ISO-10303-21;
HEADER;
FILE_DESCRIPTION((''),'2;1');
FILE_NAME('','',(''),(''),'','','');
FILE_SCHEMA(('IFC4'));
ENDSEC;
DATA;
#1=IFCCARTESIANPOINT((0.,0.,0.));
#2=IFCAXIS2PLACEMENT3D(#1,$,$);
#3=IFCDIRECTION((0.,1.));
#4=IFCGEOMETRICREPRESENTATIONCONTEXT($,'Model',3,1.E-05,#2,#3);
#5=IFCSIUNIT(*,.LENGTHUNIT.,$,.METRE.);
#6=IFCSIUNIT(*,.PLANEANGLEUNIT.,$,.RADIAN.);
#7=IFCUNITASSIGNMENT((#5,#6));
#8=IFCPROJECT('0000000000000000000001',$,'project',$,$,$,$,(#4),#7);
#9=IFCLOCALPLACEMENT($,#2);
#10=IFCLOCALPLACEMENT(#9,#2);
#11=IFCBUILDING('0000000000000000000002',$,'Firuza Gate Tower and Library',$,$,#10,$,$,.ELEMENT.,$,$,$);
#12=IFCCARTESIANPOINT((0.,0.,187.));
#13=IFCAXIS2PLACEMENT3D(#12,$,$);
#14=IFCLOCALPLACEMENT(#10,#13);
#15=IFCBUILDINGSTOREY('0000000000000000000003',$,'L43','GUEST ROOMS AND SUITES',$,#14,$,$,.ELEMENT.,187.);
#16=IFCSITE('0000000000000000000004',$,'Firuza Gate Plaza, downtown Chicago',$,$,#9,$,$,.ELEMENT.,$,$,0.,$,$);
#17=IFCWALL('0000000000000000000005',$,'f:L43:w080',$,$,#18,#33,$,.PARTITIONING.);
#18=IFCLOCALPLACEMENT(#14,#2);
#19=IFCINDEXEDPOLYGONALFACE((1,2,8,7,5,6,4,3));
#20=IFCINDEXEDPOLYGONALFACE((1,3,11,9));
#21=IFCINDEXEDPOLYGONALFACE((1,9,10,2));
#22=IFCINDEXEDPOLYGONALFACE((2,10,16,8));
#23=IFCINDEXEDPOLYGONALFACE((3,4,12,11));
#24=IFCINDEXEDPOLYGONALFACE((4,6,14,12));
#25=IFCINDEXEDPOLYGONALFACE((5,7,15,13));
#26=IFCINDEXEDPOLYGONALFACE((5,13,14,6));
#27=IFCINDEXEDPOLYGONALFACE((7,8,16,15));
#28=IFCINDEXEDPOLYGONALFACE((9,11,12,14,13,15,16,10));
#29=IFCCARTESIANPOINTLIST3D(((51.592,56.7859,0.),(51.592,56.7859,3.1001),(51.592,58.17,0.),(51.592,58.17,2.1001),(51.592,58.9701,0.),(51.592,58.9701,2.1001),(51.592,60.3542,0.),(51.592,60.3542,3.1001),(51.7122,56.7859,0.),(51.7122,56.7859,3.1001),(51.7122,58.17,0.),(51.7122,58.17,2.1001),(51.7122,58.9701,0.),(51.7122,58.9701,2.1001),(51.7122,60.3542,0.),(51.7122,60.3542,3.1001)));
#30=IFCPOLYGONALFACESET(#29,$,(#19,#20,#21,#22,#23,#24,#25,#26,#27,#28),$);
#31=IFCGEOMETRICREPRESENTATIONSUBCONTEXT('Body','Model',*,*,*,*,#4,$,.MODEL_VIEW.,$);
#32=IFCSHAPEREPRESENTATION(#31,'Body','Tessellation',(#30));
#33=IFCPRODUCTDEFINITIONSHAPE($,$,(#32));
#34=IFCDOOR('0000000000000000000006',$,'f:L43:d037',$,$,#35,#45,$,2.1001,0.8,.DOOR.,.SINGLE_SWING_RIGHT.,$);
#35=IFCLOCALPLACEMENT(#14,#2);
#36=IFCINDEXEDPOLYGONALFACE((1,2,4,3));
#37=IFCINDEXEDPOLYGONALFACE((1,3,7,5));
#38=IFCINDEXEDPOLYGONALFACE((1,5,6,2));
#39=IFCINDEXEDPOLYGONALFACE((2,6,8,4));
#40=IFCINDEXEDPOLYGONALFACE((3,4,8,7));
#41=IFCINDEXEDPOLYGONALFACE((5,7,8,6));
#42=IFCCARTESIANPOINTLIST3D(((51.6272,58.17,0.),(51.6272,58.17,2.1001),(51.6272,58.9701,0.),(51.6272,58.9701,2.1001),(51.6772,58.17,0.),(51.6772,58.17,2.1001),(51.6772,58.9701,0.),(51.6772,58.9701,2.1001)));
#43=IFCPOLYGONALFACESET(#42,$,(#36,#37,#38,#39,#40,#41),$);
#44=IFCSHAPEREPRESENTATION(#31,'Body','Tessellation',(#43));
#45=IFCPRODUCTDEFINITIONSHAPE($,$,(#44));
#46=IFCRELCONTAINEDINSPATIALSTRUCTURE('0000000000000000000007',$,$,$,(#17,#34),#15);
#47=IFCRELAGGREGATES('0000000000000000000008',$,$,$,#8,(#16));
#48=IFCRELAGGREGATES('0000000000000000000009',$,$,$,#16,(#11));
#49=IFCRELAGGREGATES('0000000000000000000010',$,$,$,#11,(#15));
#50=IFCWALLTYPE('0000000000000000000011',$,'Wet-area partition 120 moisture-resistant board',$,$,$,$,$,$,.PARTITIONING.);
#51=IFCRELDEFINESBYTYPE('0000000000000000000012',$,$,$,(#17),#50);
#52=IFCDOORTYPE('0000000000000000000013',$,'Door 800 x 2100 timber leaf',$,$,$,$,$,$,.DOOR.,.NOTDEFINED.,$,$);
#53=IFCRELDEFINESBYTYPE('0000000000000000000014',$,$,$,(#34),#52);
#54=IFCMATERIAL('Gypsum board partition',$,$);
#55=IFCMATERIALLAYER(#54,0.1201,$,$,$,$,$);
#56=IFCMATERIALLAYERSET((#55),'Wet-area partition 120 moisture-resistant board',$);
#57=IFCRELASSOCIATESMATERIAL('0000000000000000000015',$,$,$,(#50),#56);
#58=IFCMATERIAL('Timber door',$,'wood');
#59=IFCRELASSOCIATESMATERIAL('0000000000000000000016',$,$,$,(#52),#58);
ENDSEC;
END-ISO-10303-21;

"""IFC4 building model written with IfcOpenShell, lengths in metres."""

from ifc_helpers import new_model, si_unit, direction, frame, frame_2d, origin, place, context, subcontext, project, spatial, rectangle, extrude, material, layer, layer_set, type_object, element, fill, save


model = new_model("IFC4")

# Units and contexts
model_context = context("Model", 3, precision=1e-05, world=origin(), true_north=direction((0.0, 1.0)))
body_context = subcontext(model_context, "Body", "Model", "MODEL_VIEW")
ifc_project = project(units=[si_unit("LENGTHUNIT", "METRE"), si_unit("PLANEANGLEUNIT", "RADIAN")], contexts=[model_context])

# Site, building, storey
site_placement = place(None, origin())
site = spatial("IfcSite", under=ifc_project, at=site_placement, Name="Firuza Gate Plaza, downtown Chicago", CompositionType="ELEMENT", RefElevation=0.0)
building_placement = place(site_placement, origin())
building = spatial("IfcBuilding", under=site, at=building_placement, Name="Firuza Gate Tower and Library", CompositionType="ELEMENT")
storey_placement = place(building_placement, frame((0.0, 0.0, 187.0)))
storey = spatial("IfcBuildingStorey", under=building, at=storey_placement, Name="L43", Description="GUEST ROOMS AND SUITES", CompositionType="ELEMENT", Elevation=187.0)

# Shared definitions
ifc_material_1 = material(Name="Gypsum board partition")
ifc_layer_1 = layer(ifc_material_1, 0.1201)
ifc_layer_set_1 = layer_set([ifc_layer_1], Name="Wet-area partition 120 moisture-resistant board")
wall_type_1 = type_object("IfcWallType", Name="Wet-area partition 120 moisture-resistant board", PredefinedType="PARTITIONING", material=ifc_layer_set_1)

# Wall, opening, door
wall_1_placement = place(storey_placement, frame((51.6521, 56.7859, 0.0), z_axis=(0.0, 0.0, 1.0), x_axis=(0.0, 1.0, 0.0)))
wall_1 = element("IfcWall", 1, at=wall_1_placement, inside=storey, type_object=wall_type_1, Name="f:L43:w080", PredefinedType="PARTITIONING", context=body_context, shape_type="SweptSolid", body=[
    extrude(rectangle(XDim=3.5684, YDim=0.1201, at=frame_2d((1.7842, 0.0))), origin(), (0.0, 0.0, 1.0), 3.1001),
])
opening_placement = place(wall_1_placement, frame((1.3843, 0.0, 0.0)))
opening = element("IfcOpeningElement", 2, at=opening_placement, cuts=wall_1, PredefinedType="OPENING", context=body_context, shape_type="SweptSolid", body=[
    extrude(rectangle(XDim=0.8, YDim=2.1001, at=frame_2d((0.3999, 1.05))), frame((0.0, 0.0701, 0.0), z_axis=(0.0, -1.0, 0.0), x_axis=(1.0, 0.0, 0.0)), (0.0, 0.0, 1.0), 0.1401),
])
ifc_material_2 = material(Name="Timber door", Category="wood")
door_type = type_object("IfcDoorType", Name="Door 800 x 2100 timber leaf", OperationType="NOTDEFINED", PredefinedType="DOOR", material=ifc_material_2)
door_placement = place(opening_placement, origin())
door = element("IfcDoor", 3, at=door_placement, inside=storey, type_object=door_type, Name="f:L43:d037", OperationType="SINGLE_SWING_RIGHT", OverallHeight=2.1001, OverallWidth=0.8, PredefinedType="DOOR", context=body_context, shape_type="SweptSolid", body=[
    extrude(rectangle(XDim=0.8, YDim=2.1001, at=frame_2d((0.3999, 1.05))), frame((0.0, 0.0249, 0.0), z_axis=(0.0, -1.0, 0.0), x_axis=(1.0, 0.0, 0.0)), (0.0, 0.0, 1.0), 0.05),
])
fill(opening, door)

save(model, "model.ifc")
